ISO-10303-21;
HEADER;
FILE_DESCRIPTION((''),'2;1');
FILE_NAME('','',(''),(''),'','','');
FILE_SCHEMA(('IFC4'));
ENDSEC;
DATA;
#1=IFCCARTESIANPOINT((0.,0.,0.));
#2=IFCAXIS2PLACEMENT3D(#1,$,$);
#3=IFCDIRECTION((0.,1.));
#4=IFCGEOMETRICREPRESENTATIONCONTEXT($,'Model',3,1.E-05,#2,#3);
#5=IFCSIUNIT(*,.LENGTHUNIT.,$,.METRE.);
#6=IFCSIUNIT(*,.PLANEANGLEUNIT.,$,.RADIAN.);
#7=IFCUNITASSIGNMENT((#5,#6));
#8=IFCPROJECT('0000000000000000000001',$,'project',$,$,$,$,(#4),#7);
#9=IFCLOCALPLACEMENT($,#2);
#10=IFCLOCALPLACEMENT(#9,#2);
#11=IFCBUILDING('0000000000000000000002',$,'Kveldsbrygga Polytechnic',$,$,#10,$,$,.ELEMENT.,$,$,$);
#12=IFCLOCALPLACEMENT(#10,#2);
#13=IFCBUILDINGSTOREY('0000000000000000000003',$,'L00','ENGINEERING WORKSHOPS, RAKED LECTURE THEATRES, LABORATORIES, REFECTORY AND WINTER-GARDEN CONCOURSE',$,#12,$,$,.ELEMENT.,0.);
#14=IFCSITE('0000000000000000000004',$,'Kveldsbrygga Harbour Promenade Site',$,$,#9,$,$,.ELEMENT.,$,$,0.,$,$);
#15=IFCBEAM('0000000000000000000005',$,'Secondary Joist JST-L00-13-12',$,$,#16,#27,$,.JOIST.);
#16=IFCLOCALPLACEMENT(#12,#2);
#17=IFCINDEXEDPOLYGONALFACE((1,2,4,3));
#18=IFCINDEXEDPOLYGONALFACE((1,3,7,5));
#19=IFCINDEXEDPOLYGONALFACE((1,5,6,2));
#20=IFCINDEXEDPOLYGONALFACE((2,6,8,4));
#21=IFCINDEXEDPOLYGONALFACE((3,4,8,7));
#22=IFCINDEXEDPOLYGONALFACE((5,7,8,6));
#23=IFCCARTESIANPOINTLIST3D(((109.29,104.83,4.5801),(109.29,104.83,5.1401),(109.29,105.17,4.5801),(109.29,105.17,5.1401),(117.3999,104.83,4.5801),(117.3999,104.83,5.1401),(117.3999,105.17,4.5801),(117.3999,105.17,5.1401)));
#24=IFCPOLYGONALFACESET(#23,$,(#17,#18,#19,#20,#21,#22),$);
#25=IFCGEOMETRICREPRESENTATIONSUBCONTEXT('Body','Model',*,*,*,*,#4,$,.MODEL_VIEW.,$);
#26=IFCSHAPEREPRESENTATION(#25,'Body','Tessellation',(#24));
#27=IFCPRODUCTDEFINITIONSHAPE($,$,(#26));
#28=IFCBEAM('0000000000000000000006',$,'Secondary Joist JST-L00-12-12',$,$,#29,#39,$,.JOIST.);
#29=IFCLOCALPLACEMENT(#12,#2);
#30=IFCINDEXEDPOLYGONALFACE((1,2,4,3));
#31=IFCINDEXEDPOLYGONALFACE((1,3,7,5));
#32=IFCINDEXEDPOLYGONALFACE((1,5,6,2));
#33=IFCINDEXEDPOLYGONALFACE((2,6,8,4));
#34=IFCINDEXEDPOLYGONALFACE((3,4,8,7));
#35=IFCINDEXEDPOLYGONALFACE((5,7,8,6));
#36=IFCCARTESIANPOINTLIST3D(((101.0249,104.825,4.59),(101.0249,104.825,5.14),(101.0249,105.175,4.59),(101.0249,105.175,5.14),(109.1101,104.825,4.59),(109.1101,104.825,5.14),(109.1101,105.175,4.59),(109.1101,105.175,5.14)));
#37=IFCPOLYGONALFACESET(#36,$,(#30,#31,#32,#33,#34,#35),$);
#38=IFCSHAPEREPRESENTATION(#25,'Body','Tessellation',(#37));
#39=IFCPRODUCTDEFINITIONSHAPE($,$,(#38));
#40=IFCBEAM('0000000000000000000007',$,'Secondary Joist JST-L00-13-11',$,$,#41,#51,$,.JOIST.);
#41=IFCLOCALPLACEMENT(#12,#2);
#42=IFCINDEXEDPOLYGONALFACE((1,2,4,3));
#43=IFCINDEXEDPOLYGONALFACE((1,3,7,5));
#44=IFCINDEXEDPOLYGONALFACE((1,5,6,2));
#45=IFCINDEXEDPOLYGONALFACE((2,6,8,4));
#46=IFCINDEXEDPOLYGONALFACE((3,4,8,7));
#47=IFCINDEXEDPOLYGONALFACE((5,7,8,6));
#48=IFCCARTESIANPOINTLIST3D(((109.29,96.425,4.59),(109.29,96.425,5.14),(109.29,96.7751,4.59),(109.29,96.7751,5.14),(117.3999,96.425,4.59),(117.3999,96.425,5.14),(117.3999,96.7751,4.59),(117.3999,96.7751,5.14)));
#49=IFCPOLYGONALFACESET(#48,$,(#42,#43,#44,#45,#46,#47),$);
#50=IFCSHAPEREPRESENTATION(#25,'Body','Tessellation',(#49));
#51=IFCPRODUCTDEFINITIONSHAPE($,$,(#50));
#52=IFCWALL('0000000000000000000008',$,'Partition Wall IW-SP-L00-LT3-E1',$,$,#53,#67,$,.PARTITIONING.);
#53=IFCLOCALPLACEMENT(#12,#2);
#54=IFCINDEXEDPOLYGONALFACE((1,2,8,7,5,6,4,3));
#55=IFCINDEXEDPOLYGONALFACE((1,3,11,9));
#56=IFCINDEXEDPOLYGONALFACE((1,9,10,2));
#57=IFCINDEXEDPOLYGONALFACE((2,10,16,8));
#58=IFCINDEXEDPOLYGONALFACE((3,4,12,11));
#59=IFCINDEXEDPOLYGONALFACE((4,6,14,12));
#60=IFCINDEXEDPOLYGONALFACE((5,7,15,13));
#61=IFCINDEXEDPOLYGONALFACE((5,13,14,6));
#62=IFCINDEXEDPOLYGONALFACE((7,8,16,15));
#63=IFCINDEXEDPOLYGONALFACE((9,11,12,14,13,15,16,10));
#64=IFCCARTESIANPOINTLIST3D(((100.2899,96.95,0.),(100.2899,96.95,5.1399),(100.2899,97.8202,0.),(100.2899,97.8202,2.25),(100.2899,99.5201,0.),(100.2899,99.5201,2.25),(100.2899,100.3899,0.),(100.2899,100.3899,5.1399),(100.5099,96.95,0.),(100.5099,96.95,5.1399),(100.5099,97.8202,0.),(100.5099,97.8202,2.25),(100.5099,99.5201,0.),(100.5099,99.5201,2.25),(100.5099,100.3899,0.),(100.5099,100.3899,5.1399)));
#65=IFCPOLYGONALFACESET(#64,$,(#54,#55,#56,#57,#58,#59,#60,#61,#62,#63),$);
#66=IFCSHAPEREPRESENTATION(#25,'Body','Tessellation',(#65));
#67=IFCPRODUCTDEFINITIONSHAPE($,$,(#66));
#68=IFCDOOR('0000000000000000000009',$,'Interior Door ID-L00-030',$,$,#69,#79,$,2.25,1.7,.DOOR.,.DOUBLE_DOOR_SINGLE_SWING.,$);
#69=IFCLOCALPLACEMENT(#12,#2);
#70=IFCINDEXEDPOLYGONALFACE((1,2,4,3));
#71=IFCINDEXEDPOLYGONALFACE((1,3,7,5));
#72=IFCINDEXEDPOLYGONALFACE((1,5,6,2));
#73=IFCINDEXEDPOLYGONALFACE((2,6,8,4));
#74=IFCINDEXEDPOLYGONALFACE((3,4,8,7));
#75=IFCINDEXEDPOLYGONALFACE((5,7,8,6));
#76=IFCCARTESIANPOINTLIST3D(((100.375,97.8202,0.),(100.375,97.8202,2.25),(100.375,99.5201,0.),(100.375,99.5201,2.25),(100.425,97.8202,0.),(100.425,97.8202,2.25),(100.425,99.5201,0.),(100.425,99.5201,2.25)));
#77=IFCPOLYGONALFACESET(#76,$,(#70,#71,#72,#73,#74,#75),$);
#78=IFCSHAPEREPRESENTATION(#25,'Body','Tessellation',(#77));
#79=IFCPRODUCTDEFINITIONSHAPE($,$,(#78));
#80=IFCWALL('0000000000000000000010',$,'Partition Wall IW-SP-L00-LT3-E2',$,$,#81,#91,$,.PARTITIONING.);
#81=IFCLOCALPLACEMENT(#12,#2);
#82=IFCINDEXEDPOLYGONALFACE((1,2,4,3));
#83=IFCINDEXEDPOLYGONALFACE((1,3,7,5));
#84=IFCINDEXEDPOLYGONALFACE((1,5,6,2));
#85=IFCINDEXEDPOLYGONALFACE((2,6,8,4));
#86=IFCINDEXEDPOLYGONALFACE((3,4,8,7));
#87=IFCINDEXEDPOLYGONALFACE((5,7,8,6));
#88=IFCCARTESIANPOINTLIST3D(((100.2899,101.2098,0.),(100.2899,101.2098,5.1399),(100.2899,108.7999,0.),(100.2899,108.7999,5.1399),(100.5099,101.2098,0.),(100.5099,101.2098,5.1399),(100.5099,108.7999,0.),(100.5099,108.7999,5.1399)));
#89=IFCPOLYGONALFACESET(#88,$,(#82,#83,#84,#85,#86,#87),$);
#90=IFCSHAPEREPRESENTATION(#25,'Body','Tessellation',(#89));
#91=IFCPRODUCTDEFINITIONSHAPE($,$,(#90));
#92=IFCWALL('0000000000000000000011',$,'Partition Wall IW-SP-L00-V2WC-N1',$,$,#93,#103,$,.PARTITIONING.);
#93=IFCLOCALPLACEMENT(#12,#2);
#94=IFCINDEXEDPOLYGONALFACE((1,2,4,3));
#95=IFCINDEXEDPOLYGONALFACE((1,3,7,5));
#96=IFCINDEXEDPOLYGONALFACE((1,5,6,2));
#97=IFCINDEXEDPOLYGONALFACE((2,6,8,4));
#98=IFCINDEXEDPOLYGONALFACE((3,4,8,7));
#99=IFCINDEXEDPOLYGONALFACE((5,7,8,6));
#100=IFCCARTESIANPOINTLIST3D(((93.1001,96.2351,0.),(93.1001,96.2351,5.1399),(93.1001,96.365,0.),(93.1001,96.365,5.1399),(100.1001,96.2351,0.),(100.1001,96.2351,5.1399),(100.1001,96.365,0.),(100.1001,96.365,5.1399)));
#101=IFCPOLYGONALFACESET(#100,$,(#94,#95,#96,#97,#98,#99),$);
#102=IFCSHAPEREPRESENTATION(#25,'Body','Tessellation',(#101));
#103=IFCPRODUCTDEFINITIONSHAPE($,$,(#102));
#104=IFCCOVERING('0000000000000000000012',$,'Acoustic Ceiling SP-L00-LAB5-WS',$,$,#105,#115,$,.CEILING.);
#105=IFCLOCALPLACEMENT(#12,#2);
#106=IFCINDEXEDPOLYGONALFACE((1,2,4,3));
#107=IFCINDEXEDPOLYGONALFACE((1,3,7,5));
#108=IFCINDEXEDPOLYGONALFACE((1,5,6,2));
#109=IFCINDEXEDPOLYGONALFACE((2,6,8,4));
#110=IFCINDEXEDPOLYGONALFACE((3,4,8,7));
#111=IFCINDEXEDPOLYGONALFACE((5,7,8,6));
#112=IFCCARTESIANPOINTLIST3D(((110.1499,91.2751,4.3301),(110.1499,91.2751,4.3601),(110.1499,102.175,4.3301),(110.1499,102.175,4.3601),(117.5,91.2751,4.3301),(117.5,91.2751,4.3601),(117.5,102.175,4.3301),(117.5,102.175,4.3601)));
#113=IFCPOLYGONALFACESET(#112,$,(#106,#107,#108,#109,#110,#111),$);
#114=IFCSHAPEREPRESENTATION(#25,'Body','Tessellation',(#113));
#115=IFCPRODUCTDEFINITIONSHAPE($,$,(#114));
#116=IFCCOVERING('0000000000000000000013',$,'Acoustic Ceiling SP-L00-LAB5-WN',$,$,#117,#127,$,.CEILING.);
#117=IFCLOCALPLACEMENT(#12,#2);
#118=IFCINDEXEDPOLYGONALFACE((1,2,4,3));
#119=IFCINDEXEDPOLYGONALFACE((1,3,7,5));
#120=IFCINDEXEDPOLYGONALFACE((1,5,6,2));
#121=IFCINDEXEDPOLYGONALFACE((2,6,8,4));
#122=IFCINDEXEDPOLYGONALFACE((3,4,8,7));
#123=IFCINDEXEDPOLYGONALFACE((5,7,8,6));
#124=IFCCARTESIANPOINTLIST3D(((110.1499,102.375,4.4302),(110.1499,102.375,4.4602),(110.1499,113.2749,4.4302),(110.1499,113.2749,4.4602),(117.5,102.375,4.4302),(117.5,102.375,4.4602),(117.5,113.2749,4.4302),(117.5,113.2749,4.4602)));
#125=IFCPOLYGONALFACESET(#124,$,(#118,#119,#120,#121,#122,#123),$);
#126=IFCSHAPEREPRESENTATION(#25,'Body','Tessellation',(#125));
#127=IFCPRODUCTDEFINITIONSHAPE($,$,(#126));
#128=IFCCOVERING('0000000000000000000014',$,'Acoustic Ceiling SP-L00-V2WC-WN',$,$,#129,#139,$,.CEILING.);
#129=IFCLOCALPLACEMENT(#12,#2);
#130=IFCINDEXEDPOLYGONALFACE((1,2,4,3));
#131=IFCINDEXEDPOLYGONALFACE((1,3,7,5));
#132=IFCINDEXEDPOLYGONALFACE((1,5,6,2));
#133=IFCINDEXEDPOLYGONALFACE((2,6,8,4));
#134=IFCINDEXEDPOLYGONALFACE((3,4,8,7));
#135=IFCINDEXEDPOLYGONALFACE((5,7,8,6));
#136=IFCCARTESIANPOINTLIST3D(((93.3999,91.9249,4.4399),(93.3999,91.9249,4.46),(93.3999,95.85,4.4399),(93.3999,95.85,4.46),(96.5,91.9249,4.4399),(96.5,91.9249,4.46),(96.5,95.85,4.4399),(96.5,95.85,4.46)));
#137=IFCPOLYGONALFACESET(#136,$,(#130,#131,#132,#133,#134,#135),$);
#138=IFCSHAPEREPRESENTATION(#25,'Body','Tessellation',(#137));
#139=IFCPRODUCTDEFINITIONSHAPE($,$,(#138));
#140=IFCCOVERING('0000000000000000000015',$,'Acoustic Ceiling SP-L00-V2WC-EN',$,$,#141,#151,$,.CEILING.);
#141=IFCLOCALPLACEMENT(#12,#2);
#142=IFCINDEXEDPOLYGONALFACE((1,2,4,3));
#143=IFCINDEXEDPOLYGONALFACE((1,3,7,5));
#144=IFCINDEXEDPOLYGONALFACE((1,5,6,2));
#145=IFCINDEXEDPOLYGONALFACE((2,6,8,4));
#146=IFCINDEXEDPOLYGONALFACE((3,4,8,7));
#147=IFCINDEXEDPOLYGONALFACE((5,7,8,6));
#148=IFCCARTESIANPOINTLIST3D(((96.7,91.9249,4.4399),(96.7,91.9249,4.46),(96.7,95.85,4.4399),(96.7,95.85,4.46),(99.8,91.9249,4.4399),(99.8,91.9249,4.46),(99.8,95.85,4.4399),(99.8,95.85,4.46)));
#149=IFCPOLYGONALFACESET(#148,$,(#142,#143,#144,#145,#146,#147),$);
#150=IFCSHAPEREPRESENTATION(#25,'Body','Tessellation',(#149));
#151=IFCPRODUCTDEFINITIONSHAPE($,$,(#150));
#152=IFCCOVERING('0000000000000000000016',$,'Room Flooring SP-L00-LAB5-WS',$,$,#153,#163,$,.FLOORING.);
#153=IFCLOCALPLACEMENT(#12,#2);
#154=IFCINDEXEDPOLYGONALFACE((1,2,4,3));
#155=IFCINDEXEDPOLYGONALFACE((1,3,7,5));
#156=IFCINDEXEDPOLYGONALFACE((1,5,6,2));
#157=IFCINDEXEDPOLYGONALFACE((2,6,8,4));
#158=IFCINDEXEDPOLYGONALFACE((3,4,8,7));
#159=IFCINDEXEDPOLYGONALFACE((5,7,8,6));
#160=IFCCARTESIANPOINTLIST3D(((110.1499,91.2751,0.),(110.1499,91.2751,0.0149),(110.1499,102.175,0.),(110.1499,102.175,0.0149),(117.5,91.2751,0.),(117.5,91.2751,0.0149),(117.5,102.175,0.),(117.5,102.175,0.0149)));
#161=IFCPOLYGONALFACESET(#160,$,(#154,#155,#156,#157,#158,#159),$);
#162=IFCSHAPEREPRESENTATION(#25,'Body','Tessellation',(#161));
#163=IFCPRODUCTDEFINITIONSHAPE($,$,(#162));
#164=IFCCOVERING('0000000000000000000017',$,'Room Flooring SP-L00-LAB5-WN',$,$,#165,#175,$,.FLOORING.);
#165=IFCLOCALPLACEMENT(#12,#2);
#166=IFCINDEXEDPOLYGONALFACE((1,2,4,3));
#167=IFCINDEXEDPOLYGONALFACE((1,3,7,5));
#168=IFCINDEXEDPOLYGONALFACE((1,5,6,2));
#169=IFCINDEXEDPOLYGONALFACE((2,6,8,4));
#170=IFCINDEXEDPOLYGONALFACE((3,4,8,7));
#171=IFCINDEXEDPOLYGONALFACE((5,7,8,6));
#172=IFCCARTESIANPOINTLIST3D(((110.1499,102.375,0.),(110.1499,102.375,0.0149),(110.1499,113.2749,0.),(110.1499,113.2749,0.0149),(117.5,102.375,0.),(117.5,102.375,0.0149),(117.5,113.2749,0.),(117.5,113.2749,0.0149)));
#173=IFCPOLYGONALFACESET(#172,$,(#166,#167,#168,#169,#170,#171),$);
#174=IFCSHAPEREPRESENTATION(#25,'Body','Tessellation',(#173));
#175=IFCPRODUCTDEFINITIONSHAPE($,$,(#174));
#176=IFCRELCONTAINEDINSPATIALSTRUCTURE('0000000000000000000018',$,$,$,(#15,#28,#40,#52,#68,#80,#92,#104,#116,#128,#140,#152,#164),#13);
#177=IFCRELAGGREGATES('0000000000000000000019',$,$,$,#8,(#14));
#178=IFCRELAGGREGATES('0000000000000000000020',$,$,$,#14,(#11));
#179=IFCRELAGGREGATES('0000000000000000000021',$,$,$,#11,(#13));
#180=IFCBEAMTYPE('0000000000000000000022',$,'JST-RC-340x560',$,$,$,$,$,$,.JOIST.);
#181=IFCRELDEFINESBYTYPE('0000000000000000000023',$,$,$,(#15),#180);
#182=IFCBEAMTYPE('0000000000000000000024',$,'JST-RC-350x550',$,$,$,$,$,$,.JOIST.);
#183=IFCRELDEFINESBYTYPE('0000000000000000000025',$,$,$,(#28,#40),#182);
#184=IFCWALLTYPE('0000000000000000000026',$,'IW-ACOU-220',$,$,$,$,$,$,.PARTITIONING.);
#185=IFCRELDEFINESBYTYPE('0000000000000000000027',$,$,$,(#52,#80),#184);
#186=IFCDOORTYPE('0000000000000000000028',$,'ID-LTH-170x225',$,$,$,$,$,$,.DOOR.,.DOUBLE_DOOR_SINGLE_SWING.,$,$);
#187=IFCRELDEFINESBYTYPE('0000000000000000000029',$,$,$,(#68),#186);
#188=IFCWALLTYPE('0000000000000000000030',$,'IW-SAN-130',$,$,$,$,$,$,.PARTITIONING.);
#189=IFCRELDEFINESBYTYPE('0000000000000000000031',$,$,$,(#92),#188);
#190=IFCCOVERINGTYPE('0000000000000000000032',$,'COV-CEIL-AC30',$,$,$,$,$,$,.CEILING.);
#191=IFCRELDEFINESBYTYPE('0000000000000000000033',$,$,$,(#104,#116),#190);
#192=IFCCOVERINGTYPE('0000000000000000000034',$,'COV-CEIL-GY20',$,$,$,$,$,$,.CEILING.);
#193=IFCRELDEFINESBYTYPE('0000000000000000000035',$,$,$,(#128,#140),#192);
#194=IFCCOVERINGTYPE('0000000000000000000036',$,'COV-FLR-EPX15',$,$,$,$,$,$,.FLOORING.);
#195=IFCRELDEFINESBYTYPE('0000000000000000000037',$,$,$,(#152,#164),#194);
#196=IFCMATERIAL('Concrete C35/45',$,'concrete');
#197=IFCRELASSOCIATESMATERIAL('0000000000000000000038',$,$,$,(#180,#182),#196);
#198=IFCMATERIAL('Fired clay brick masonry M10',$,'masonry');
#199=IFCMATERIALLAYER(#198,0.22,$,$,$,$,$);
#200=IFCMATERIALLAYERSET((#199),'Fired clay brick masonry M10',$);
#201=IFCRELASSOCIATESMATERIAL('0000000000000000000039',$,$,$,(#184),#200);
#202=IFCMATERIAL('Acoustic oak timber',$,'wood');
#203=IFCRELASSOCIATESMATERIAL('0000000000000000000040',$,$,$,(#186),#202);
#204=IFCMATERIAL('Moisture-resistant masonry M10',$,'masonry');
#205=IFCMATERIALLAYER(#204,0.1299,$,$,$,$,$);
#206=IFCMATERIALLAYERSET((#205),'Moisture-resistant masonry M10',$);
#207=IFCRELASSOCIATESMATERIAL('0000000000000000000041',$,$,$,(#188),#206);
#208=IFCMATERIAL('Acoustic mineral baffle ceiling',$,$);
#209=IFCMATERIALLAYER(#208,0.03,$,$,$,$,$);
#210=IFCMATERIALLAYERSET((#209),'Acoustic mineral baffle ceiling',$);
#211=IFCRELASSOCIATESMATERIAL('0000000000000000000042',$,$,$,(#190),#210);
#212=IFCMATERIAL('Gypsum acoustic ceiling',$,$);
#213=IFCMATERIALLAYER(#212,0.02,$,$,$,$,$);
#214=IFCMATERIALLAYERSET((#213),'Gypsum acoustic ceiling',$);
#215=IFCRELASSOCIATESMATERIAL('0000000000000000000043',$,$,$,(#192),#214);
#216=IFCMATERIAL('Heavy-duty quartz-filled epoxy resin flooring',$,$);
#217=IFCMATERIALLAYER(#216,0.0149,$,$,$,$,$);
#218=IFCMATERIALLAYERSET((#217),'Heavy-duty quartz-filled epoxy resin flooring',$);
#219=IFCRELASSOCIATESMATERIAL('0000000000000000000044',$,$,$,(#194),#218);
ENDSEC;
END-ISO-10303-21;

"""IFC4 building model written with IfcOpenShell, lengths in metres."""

from ifc_helpers import new_model, si_unit, direction, frame, frame_2d, origin, origin_2d, place, context, subcontext, project, spatial, rectangle, extrude, material, layer, layer_set, material_profile, profile_set, type_object, element, fill, save


model = new_model("IFC4")

# Units and contexts
model_context = context("Model", 3, precision=1e-05, world=origin(), true_north=direction((0.0, 1.0)))
body_context = subcontext(model_context, "Body", "Model", "MODEL_VIEW")
ifc_project = project(units=[si_unit("LENGTHUNIT", "METRE"), si_unit("PLANEANGLEUNIT", "RADIAN")], contexts=[model_context])

# Site, building, storey
site_placement = place(None, origin())
site = spatial("IfcSite", under=ifc_project, at=site_placement, Name="Kveldsbrygga Harbour Promenade Site", CompositionType="ELEMENT", RefElevation=0.0)
building_placement = place(site_placement, origin())
building = spatial("IfcBuilding", under=site, at=building_placement, Name="Kveldsbrygga Polytechnic", CompositionType="ELEMENT")
storey_placement = place(building_placement, origin())
storey = spatial("IfcBuildingStorey", under=building, at=storey_placement, Name="L00", Description="ENGINEERING WORKSHOPS, RAKED LECTURE THEATRES, LABORATORIES, REFECTORY AND WINTER-GARDEN CONCOURSE", CompositionType="ELEMENT", Elevation=0.0)

# Beams
ifc_material_1 = material(Name="Concrete C35/45", Category="concrete")
ifc_material_profile_1 = material_profile(ifc_material_1, rectangle(XDim=0.3401, YDim=0.5601, at=origin_2d()), Name="RC 340x560")
ifc_profile_set_1 = profile_set([ifc_material_profile_1], Name="Concrete C35/45")
beam_type_1 = type_object("IfcBeamType", Name="JST-RC-340x560", PredefinedType="JOIST", material=ifc_profile_set_1)
beam_1_placement = place(storey_placement, frame((109.29, 105.0, 4.8601), z_axis=(1.0, 0.0, 0.0), x_axis=(0.0, 1.0, 0.0)))
element("IfcBeam", 1, at=beam_1_placement, inside=storey, type_object=beam_type_1, Name="Secondary Joist JST-L00-13-12", PredefinedType="JOIST", context=body_context, shape_type="SweptSolid", body=[
    extrude(rectangle(XDim=0.3401, YDim=0.5601, at=origin_2d()), origin(), (0.0, 0.0, 1.0), 8.1099),
])
ifc_material_profile_2 = material_profile(ifc_material_1, rectangle(XDim=0.3501, YDim=0.55, at=origin_2d()), Name="RC 350x550")
ifc_profile_set_2 = profile_set([ifc_material_profile_2], Name="Concrete C35/45")
beam_type_2 = type_object("IfcBeamType", Name="JST-RC-350x550", PredefinedType="JOIST", material=ifc_profile_set_2)
beam_2_placement = place(storey_placement, frame((101.0249, 105.0, 4.865), z_axis=(1.0, 0.0, 0.0), x_axis=(0.0, 1.0, 0.0)))
element("IfcBeam", 2, at=beam_2_placement, inside=storey, type_object=beam_type_2, Name="Secondary Joist JST-L00-12-12", PredefinedType="JOIST", context=body_context, shape_type="SweptSolid", body=[
    extrude(rectangle(XDim=0.3501, YDim=0.55, at=origin_2d()), origin(), (0.0, 0.0, 1.0), 8.0852),
])
beam_3_placement = place(storey_placement, frame((109.29, 96.6001, 4.865), z_axis=(1.0, 0.0, 0.0), x_axis=(0.0, 1.0, 0.0)))
element("IfcBeam", 3, at=beam_3_placement, inside=storey, type_object=beam_type_2, Name="Secondary Joist JST-L00-13-11", PredefinedType="JOIST", context=body_context, shape_type="SweptSolid", body=[
    extrude(rectangle(XDim=0.3501, YDim=0.55, at=origin_2d()), origin(), (0.0, 0.0, 1.0), 8.1099),
])

# Wall, opening, door
ifc_material_2 = material(Name="Fired clay brick masonry M10", Category="masonry")
ifc_layer_1 = layer(ifc_material_2, 0.22)
ifc_layer_set_1 = layer_set([ifc_layer_1], Name="Fired clay brick masonry M10")
wall_type_1 = type_object("IfcWallType", Name="IW-ACOU-220", PredefinedType="PARTITIONING", material=ifc_layer_set_1)
wall_1_placement = place(storey_placement, frame((100.3999, 96.95, 0.0), z_axis=(0.0, 0.0, 1.0), x_axis=(0.0, 1.0, 0.0)))
wall_1 = element("IfcWall", 4, at=wall_1_placement, inside=storey, type_object=wall_type_1, Name="Partition Wall IW-SP-L00-LT3-E1", PredefinedType="PARTITIONING", context=body_context, shape_type="SweptSolid", body=[
    extrude(rectangle(XDim=3.4399, YDim=0.22, at=frame_2d((1.72, 0.0))), origin(), (0.0, 0.0, 1.0), 5.1399),
])
opening_placement = place(wall_1_placement, frame((0.8701, 0.0, 0.0)))
opening = element("IfcOpeningElement", 5, at=opening_placement, cuts=wall_1, PredefinedType="OPENING", context=body_context, shape_type="SweptSolid", body=[
    extrude(rectangle(XDim=1.7, YDim=2.25, at=frame_2d((0.8501, 1.125))), frame((0.0, 0.1201, 0.0), z_axis=(0.0, -1.0, 0.0), x_axis=(1.0, 0.0, 0.0)), (0.0, 0.0, 1.0), 0.24),
])
ifc_material_3 = material(Name="Acoustic oak timber", Category="wood")
door_type = type_object("IfcDoorType", Name="ID-LTH-170x225", OperationType="DOUBLE_DOOR_SINGLE_SWING", PredefinedType="DOOR", material=ifc_material_3)
door_placement = place(opening_placement, origin())
door = element("IfcDoor", 6, at=door_placement, inside=storey, type_object=door_type, Name="Interior Door ID-L00-030", OperationType="DOUBLE_DOOR_SINGLE_SWING", OverallHeight=2.25, OverallWidth=1.7, PredefinedType="DOOR", context=body_context, shape_type="SweptSolid", body=[
    extrude(rectangle(XDim=1.7, YDim=2.25, at=frame_2d((0.8501, 1.125))), frame((0.0, 0.0249, 0.0), z_axis=(0.0, -1.0, 0.0), x_axis=(1.0, 0.0, 0.0)), (0.0, 0.0, 1.0), 0.05),
])
fill(opening, door)

# Walls
wall_2_placement = place(storey_placement, frame((100.3999, 101.21, 0.0), z_axis=(0.0, 0.0, 1.0), x_axis=(0.0, 1.0, 0.0)))
element("IfcWall", 7, at=wall_2_placement, inside=storey, type_object=wall_type_1, Name="Partition Wall IW-SP-L00-LT3-E2", PredefinedType="PARTITIONING", context=body_context, shape_type="SweptSolid", body=[
    extrude(rectangle(XDim=7.5901, YDim=0.22, at=frame_2d((3.7949, 0.0))), origin(), (0.0, 0.0, 1.0), 5.1399),
])
ifc_material_4 = material(Name="Moisture-resistant masonry M10", Category="masonry")
ifc_layer_2 = layer(ifc_material_4, 0.1299)
ifc_layer_set_2 = layer_set([ifc_layer_2], Name="Moisture-resistant masonry M10")
wall_type_2 = type_object("IfcWallType", Name="IW-SAN-130", PredefinedType="PARTITIONING", material=ifc_layer_set_2)
wall_3_placement = place(storey_placement, frame((93.1001, 96.3, 0.0), z_axis=(0.0, 0.0, 1.0), x_axis=(1.0, 0.0, 0.0)))
element("IfcWall", 8, at=wall_3_placement, inside=storey, type_object=wall_type_2, Name="Partition Wall IW-SP-L00-V2WC-N1", PredefinedType="PARTITIONING", context=body_context, shape_type="SweptSolid", body=[
    extrude(rectangle(XDim=7.0, YDim=0.1299, at=frame_2d((3.5, 0.0))), origin(), (0.0, 0.0, 1.0), 5.1399),
])

# Coverings
ifc_material_5 = material(Name="Acoustic mineral baffle ceiling")
ifc_layer_3 = layer(ifc_material_5, 0.03)
ifc_layer_set_3 = layer_set([ifc_layer_3], Name="Acoustic mineral baffle ceiling")
covering_type_1 = type_object("IfcCoveringType", Name="COV-CEIL-AC30", PredefinedType="CEILING", material=ifc_layer_set_3)
for number, where, z_axis, x_axis, name in (
    (9, (113.825, 96.7251, 4.3301), (0.0, 0.0, 1.0), (1.0, 0.0, 0.0), "Acoustic Ceiling SP-L00-LAB5-WS"),
    (10, (113.825, 107.825, 4.4302), (0.0, 0.0, 1.0), (1.0, 0.0, 0.0), "Acoustic Ceiling SP-L00-LAB5-WN"),
):
    element("IfcCovering", number, at=place(storey_placement, frame(where, z_axis=z_axis, x_axis=x_axis)), inside=storey, type_object=covering_type_1, Name=name, PredefinedType="CEILING", context=body_context, shape_type="SweptSolid", body=[
        extrude(rectangle(XDim=7.3501, YDim=10.8999, at=origin_2d()), origin(), (0.0, 0.0, 1.0), 0.03),
    ])
ifc_material_6 = material(Name="Gypsum acoustic ceiling")
ifc_layer_4 = layer(ifc_material_6, 0.02)
ifc_layer_set_4 = layer_set([ifc_layer_4], Name="Gypsum acoustic ceiling")
covering_type_2 = type_object("IfcCoveringType", Name="COV-CEIL-GY20", PredefinedType="CEILING", material=ifc_layer_set_4)
for number, where, z_axis, x_axis, name in (
    (11, (94.95, 93.8875, 4.4399), (0.0, 0.0, 1.0), (1.0, 0.0, 0.0), "Acoustic Ceiling SP-L00-V2WC-WN"),
    (12, (98.25, 93.8875, 4.4399), (0.0, 0.0, 1.0), (1.0, 0.0, 0.0), "Acoustic Ceiling SP-L00-V2WC-EN"),
):
    element("IfcCovering", number, at=place(storey_placement, frame(where, z_axis=z_axis, x_axis=x_axis)), inside=storey, type_object=covering_type_2, Name=name, PredefinedType="CEILING", context=body_context, shape_type="SweptSolid", body=[
        extrude(rectangle(XDim=3.1001, YDim=3.925, at=origin_2d()), origin(), (0.0, 0.0, 1.0), 0.02),
    ])
ifc_material_7 = material(Name="Heavy-duty quartz-filled epoxy resin flooring")
ifc_layer_5 = layer(ifc_material_7, 0.0149)
ifc_layer_set_5 = layer_set([ifc_layer_5], Name="Heavy-duty quartz-filled epoxy resin flooring")
covering_type_3 = type_object("IfcCoveringType", Name="COV-FLR-EPX15", PredefinedType="FLOORING", material=ifc_layer_set_5)
for number, where, z_axis, x_axis, name in (
    (13, (113.825, 96.7251, 0.0), (0.0, 0.0, 1.0), (1.0, 0.0, 0.0), "Room Flooring SP-L00-LAB5-WS"),
    (14, (113.825, 107.825, 0.0), (0.0, 0.0, 1.0), (1.0, 0.0, 0.0), "Room Flooring SP-L00-LAB5-WN"),
):
    element("IfcCovering", number, at=place(storey_placement, frame(where, z_axis=z_axis, x_axis=x_axis)), inside=storey, type_object=covering_type_3, Name=name, PredefinedType="FLOORING", context=body_context, shape_type="SweptSolid", body=[
        extrude(rectangle(XDim=7.3501, YDim=10.8999, at=origin_2d()), origin(), (0.0, 0.0, 1.0), 0.0149),
    ])

save(model, "model.ifc")
